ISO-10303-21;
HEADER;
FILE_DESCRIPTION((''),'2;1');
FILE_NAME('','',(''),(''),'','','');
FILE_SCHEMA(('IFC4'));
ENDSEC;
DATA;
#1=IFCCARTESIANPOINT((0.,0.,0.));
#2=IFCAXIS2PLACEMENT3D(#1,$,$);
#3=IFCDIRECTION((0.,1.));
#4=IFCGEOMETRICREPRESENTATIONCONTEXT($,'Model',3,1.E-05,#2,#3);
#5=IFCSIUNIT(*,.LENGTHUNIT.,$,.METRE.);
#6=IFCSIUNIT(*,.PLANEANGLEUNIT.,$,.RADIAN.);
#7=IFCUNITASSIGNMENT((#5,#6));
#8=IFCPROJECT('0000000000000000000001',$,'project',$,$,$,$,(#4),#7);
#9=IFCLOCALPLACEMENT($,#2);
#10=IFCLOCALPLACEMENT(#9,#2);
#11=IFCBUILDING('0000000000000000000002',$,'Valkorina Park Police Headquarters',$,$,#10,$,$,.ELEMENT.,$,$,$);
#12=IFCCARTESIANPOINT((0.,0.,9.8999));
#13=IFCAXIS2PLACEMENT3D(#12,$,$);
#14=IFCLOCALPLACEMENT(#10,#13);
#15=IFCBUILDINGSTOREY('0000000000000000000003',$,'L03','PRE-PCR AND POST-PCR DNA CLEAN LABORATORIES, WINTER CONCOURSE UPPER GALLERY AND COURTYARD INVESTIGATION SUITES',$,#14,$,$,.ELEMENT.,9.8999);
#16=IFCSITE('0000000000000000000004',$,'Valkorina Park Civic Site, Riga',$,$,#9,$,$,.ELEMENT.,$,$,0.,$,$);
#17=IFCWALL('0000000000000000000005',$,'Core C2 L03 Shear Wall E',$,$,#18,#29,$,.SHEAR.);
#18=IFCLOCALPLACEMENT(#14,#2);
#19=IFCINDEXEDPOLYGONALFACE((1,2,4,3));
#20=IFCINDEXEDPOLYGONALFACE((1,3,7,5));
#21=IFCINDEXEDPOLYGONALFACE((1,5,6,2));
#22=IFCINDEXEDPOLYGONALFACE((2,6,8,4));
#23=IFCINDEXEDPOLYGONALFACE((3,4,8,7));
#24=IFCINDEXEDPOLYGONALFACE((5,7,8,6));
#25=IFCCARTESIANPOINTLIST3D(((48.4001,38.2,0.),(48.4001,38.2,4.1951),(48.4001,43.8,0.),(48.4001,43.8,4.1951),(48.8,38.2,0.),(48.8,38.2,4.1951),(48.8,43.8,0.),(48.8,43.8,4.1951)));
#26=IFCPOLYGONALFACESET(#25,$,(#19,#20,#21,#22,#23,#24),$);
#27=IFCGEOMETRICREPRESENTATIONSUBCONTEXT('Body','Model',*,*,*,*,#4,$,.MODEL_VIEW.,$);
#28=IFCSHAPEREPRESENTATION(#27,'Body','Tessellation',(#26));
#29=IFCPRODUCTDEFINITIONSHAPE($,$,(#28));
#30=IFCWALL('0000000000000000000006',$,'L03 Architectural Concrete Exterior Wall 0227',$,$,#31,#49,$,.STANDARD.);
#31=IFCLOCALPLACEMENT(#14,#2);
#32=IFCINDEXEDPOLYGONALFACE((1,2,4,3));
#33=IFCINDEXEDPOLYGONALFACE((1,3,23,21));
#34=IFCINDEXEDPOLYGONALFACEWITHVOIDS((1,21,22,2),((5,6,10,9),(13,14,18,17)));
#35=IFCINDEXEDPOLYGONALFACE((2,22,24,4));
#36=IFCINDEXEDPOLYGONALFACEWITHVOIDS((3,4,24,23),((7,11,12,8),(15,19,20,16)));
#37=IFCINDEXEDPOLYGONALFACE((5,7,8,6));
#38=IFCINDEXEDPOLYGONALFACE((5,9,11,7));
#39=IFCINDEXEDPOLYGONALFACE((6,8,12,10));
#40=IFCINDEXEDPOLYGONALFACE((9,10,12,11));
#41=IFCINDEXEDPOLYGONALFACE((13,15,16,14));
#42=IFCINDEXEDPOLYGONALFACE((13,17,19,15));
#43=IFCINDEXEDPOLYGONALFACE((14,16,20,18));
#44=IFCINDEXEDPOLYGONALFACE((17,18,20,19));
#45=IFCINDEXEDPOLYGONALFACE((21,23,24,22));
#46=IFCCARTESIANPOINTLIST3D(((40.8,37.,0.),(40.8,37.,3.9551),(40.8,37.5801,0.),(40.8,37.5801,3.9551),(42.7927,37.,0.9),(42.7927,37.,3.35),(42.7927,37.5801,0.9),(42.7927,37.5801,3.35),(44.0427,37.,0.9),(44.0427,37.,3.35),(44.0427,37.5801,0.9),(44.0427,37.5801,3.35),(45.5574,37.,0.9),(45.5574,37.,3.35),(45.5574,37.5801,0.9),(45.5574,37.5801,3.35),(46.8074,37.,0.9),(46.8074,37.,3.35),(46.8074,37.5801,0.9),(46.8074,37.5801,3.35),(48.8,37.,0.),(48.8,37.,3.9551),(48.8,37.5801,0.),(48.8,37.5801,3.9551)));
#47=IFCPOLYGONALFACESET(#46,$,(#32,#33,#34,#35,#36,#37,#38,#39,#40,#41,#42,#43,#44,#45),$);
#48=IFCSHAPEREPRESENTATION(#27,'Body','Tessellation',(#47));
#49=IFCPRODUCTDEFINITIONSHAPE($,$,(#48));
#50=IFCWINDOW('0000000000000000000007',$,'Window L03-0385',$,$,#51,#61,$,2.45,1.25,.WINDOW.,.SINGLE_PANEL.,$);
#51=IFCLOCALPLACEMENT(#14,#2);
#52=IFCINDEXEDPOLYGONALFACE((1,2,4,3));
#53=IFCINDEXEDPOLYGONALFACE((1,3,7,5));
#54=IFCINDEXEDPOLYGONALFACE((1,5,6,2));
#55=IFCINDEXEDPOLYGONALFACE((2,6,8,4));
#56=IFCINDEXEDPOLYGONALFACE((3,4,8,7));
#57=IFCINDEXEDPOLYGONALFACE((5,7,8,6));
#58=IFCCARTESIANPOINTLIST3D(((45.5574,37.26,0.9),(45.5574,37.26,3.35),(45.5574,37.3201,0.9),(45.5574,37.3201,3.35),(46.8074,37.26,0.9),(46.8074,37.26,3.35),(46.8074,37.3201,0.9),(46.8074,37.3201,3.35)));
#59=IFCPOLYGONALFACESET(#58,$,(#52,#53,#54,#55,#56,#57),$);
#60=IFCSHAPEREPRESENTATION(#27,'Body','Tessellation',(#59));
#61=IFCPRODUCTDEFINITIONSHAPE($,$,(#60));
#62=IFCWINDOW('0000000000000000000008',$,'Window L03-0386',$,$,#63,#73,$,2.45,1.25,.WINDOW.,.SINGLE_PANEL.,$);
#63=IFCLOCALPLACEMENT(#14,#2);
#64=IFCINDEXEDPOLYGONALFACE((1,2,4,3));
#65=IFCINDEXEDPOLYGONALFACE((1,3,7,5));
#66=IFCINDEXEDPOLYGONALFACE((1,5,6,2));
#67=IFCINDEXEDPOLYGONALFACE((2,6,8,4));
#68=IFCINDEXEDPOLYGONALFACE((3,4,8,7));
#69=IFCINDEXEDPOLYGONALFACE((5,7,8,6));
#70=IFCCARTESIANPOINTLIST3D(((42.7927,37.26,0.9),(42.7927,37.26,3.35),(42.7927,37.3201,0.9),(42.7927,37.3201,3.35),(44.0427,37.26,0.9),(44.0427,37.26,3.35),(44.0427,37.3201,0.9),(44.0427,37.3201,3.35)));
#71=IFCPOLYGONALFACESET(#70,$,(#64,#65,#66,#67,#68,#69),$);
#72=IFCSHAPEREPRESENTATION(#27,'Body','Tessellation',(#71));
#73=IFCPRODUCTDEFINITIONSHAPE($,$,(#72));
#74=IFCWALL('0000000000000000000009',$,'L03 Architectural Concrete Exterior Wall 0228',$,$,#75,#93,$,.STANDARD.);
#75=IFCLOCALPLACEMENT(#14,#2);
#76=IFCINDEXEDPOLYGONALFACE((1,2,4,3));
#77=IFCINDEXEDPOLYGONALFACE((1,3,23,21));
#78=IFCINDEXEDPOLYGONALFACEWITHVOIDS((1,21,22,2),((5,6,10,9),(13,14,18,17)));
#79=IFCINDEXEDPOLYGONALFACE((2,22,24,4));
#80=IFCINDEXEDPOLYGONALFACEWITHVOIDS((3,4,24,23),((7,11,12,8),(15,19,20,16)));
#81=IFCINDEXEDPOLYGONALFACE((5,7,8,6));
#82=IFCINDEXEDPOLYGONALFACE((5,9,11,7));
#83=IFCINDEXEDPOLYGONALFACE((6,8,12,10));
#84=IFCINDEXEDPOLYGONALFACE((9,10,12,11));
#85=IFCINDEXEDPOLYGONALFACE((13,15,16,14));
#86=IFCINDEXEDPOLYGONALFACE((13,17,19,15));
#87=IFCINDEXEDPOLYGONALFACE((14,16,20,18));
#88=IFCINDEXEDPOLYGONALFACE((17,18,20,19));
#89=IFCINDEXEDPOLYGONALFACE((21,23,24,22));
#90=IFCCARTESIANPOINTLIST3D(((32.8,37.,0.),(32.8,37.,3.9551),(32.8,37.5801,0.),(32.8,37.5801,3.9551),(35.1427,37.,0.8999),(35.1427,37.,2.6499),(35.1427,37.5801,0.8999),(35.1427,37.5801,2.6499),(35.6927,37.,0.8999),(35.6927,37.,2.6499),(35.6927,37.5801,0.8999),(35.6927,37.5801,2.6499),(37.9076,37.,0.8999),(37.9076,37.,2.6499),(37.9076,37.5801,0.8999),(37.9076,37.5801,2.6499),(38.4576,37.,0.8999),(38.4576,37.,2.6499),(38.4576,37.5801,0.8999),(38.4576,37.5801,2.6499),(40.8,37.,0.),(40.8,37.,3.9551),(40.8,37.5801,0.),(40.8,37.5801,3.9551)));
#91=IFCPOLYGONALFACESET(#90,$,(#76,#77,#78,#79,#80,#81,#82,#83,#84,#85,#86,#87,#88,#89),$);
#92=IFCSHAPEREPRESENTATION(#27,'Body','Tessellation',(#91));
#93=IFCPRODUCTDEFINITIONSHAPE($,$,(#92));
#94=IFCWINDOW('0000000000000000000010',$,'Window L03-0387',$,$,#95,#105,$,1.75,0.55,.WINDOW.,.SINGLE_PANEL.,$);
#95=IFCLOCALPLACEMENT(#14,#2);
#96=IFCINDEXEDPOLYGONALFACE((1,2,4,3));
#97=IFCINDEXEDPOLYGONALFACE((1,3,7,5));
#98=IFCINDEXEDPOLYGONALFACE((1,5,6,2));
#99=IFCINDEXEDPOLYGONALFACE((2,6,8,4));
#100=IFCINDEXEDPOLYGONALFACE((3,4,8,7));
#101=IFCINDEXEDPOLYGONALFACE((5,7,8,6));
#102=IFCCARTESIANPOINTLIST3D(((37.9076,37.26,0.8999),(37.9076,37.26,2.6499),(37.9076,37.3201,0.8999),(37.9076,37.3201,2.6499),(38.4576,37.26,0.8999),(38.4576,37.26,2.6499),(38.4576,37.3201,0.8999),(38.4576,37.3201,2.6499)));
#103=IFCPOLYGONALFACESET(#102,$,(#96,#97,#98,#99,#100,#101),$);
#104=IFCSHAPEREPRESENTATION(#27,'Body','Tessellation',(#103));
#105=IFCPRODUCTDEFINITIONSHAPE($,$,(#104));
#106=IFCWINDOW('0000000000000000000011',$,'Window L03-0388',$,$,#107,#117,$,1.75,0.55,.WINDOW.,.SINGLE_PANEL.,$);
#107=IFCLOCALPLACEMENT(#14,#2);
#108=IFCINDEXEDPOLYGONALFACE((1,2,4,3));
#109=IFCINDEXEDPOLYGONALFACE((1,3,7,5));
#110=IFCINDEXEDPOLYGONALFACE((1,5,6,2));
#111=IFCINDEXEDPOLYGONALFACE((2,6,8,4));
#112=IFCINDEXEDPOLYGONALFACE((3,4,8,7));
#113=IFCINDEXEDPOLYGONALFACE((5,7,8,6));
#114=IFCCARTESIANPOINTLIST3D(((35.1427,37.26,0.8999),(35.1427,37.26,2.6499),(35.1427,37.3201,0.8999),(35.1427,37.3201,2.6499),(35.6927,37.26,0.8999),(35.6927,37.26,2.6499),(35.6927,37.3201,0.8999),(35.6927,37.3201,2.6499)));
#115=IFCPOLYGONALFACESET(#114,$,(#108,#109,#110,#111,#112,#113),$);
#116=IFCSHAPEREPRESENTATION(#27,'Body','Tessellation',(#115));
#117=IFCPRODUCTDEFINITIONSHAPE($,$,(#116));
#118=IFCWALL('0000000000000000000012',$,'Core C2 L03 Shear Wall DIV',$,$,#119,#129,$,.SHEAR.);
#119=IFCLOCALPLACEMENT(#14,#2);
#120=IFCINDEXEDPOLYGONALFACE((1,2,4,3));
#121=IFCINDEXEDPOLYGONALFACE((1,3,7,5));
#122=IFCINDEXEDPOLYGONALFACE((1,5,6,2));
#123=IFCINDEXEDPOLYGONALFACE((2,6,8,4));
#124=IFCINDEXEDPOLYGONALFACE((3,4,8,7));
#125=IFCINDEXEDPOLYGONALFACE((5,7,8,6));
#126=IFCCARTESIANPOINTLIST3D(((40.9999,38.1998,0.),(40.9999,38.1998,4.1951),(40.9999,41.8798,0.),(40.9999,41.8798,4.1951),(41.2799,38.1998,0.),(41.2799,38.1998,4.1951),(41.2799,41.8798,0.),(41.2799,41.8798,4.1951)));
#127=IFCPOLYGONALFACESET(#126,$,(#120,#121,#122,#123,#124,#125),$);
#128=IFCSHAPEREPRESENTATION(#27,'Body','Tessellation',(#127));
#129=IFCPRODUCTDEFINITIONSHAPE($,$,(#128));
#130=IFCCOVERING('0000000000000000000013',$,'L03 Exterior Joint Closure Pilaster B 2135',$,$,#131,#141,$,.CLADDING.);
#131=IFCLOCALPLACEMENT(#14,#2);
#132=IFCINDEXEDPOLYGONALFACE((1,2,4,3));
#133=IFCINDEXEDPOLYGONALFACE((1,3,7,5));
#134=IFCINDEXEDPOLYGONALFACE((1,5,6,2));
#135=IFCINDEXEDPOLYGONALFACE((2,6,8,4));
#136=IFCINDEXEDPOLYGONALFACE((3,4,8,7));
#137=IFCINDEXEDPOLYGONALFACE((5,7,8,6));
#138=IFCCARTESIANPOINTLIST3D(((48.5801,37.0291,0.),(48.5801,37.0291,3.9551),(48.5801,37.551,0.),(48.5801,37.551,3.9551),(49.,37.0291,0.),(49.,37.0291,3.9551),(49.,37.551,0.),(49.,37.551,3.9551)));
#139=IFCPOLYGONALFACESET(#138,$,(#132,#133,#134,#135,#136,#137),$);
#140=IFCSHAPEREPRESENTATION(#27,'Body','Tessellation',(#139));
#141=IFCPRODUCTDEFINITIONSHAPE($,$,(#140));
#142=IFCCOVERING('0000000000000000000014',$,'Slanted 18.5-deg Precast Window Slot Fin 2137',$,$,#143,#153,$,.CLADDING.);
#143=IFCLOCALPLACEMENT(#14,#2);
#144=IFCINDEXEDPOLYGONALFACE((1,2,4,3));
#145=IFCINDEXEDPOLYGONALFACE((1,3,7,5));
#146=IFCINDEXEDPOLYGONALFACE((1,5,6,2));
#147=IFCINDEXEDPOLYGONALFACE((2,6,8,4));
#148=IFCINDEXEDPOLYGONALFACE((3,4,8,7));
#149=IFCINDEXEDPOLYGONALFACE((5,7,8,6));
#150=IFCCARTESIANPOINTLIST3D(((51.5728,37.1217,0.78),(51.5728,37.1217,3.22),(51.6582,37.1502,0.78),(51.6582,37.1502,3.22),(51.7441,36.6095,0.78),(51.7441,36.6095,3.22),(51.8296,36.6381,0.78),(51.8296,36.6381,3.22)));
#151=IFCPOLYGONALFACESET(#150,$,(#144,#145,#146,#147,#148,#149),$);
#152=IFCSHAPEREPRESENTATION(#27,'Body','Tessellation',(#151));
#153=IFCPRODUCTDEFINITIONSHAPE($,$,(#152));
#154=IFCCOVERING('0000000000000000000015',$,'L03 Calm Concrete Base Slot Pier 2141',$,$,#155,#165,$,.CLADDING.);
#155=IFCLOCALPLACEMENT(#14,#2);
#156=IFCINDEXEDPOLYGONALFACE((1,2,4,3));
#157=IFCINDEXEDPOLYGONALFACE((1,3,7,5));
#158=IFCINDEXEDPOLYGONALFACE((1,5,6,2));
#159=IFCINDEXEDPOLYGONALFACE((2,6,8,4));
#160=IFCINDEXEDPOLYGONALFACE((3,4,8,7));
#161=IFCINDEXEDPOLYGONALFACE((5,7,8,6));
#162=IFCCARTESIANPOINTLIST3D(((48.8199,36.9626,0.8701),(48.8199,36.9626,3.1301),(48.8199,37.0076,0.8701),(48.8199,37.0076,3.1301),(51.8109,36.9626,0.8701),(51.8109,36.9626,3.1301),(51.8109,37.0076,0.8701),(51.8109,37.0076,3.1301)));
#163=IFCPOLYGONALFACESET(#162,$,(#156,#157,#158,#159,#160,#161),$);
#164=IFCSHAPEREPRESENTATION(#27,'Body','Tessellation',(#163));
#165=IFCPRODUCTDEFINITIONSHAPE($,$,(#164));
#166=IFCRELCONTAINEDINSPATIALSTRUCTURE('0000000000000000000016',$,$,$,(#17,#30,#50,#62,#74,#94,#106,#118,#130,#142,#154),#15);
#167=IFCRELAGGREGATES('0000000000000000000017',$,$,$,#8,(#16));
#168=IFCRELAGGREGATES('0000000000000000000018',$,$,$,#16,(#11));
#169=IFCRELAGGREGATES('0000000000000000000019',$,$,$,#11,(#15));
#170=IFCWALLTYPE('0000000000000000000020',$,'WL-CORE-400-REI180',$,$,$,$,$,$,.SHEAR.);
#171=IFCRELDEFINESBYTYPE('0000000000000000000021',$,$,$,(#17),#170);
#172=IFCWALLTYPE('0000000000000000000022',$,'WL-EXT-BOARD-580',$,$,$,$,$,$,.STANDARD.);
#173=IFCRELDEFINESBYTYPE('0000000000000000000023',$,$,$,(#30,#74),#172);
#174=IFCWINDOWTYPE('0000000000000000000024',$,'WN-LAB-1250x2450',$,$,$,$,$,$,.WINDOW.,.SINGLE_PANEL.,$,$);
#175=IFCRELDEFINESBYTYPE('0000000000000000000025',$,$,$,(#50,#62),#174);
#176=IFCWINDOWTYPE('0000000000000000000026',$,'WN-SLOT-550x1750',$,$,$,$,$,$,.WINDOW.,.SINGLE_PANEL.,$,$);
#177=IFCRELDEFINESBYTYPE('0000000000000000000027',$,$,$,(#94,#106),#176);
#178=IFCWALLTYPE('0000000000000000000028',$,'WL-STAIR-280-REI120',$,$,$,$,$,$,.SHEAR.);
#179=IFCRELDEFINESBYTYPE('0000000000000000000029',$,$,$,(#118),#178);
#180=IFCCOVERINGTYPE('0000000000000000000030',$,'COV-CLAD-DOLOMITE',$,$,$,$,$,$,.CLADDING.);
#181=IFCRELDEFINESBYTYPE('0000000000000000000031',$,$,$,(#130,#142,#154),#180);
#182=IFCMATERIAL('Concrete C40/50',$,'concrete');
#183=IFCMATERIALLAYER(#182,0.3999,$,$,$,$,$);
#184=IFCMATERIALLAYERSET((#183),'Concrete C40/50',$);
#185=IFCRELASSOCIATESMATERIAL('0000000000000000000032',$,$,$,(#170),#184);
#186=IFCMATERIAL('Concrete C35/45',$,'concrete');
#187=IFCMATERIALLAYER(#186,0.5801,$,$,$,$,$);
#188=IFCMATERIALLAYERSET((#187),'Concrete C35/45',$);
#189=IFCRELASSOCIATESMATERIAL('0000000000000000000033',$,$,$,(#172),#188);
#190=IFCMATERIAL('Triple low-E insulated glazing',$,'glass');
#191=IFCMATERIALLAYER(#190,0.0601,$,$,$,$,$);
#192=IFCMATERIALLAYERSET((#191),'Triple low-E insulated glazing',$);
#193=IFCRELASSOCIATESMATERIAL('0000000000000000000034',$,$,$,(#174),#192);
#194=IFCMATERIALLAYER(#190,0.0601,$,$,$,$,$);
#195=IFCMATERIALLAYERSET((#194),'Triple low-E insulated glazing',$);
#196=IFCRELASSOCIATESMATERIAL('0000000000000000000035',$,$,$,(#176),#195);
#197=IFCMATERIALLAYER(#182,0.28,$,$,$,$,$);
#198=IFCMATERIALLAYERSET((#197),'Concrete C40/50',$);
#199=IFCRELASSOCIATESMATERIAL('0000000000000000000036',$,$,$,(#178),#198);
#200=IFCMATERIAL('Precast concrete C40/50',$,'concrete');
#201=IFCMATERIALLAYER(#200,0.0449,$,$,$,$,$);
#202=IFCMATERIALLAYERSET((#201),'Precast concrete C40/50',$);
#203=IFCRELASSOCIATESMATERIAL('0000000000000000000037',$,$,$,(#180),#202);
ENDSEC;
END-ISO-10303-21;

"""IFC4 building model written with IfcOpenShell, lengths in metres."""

from ifc_helpers import new_model, si_unit, direction, frame, frame_2d, origin, origin_2d, place, context, subcontext, project, spatial, rectangle, extrude, material, layer, layer_set, type_object, element, fill, save


model = new_model("IFC4")

# Units and contexts
model_context = context("Model", 3, precision=1e-05, world=origin(), true_north=direction((0.0, 1.0)))
body_context = subcontext(model_context, "Body", "Model", "MODEL_VIEW")
ifc_project = project(units=[si_unit("LENGTHUNIT", "METRE"), si_unit("PLANEANGLEUNIT", "RADIAN")], contexts=[model_context])

# Site, building, storey
site_placement = place(None, origin())
site = spatial("IfcSite", under=ifc_project, at=site_placement, Name="Valkorina Park Civic Site, Riga", CompositionType="ELEMENT", RefElevation=0.0)
building_placement = place(site_placement, origin())
building = spatial("IfcBuilding", under=site, at=building_placement, Name="Valkorina Park Police Headquarters", CompositionType="ELEMENT")
storey_placement = place(building_placement, frame((0.0, 0.0, 9.8999)))
storey = spatial("IfcBuildingStorey", under=building, at=storey_placement, Name="L03", Description="PRE-PCR AND POST-PCR DNA CLEAN LABORATORIES, WINTER CONCOURSE UPPER GALLERY AND COURTYARD INVESTIGATION SUITES", CompositionType="ELEMENT", Elevation=9.8999)

# Wall
ifc_material_1 = material(Name="Concrete C40/50", Category="concrete")
ifc_layer_1 = layer(ifc_material_1, 0.3999)
ifc_layer_set_1 = layer_set([ifc_layer_1], Name="Concrete C40/50")
wall_type_1 = type_object("IfcWallType", Name="WL-CORE-400-REI180", PredefinedType="SHEAR", material=ifc_layer_set_1)
wall_1_placement = place(storey_placement, frame((48.6001, 38.2, 0.0), z_axis=(0.0, 0.0, 1.0), x_axis=(0.0, 1.0, 0.0)))
element("IfcWall", 1, at=wall_1_placement, inside=storey, type_object=wall_type_1, Name="Core C2 L03 Shear Wall E", PredefinedType="SHEAR", context=body_context, shape_type="SweptSolid", body=[
    extrude(rectangle(XDim=5.6001, YDim=0.3999, at=frame_2d((2.8, 0.0))), origin(), (0.0, 0.0, 1.0), 4.1951),
])

# Walls, openings, windows
ifc_material_2 = material(Name="Concrete C35/45", Category="concrete")
ifc_layer_2 = layer(ifc_material_2, 0.5801)
ifc_layer_set_2 = layer_set([ifc_layer_2], Name="Concrete C35/45")
wall_type_2 = type_object("IfcWallType", Name="WL-EXT-BOARD-580", PredefinedType="STANDARD", material=ifc_layer_set_2)
wall_2_placement = place(storey_placement, frame((48.8, 37.29, 0.0), z_axis=(0.0, 0.0, 1.0), x_axis=(-1.0, 0.0, 0.0)))
wall_2 = element("IfcWall", 2, at=wall_2_placement, inside=storey, type_object=wall_type_2, Name="L03 Architectural Concrete Exterior Wall 0227", PredefinedType="STANDARD", context=body_context, shape_type="SweptSolid", body=[
    extrude(rectangle(XDim=8.0, YDim=0.5801, at=frame_2d((4.0, 0.0))), origin(), (0.0, 0.0, 1.0), 3.9551),
])
opening_1_placement = place(wall_2_placement, frame((1.9927, 0.0, 0.8999)))
opening_1 = element("IfcOpeningElement", 3, at=opening_1_placement, cuts=wall_2, PredefinedType="OPENING", context=body_context, shape_type="SweptSolid", body=[
    extrude(rectangle(XDim=1.25, YDim=2.45, at=frame_2d((0.625, 1.2251))), frame((0.0, 0.3, 0.0), z_axis=(0.0, -1.0, 0.0), x_axis=(1.0, 0.0, 0.0)), (0.0, 0.0, 1.0), 0.6001),
])
opening_2_placement = place(wall_2_placement, frame((4.7573, 0.0, 0.8999)))
opening_2 = element("IfcOpeningElement", 4, at=opening_2_placement, cuts=wall_2, PredefinedType="OPENING", context=body_context, shape_type="SweptSolid", body=[
    extrude(rectangle(XDim=1.25, YDim=2.45, at=frame_2d((0.625, 1.2251))), frame((0.0, 0.3, 0.0), z_axis=(0.0, -1.0, 0.0), x_axis=(1.0, 0.0, 0.0)), (0.0, 0.0, 1.0), 0.6001),
])
ifc_material_3 = material(Name="Triple low-E insulated glazing", Category="glass")
ifc_layer_3 = layer(ifc_material_3, 0.0601)
ifc_layer_set_3 = layer_set([ifc_layer_3], Name="Triple low-E insulated glazing")
window_type_1 = type_object("IfcWindowType", Name="WN-LAB-1250x2450", PartitioningType="SINGLE_PANEL", PredefinedType="WINDOW", material=ifc_layer_set_3)
window_1_placement = place(opening_1_placement, origin())
window_1 = element("IfcWindow", 5, at=window_1_placement, inside=storey, type_object=window_type_1, Name="Window L03-0385", OverallHeight=2.45, OverallWidth=1.25, PartitioningType="SINGLE_PANEL", PredefinedType="WINDOW", context=body_context, shape_type="SweptSolid", body=[
    extrude(rectangle(XDim=1.25, YDim=2.45, at=frame_2d((0.625, 1.2251))), frame((0.0, 0.03, 0.0), z_axis=(0.0, -1.0, 0.0), x_axis=(1.0, 0.0, 0.0)), (0.0, 0.0, 1.0), 0.0601),
])
fill(opening_1, window_1)
window_2_placement = place(opening_2_placement, origin())
window_2 = element("IfcWindow", 6, at=window_2_placement, inside=storey, type_object=window_type_1, Name="Window L03-0386", OverallHeight=2.45, OverallWidth=1.25, PartitioningType="SINGLE_PANEL", PredefinedType="WINDOW", context=body_context, shape_type="SweptSolid", body=[
    extrude(rectangle(XDim=1.25, YDim=2.45, at=frame_2d((0.625, 1.2251))), frame((0.0, 0.03, 0.0), z_axis=(0.0, -1.0, 0.0), x_axis=(1.0, 0.0, 0.0)), (0.0, 0.0, 1.0), 0.0601),
])
fill(opening_2, window_2)
wall_3_placement = place(storey_placement, frame((40.8, 37.29, 0.0), z_axis=(0.0, 0.0, 1.0), x_axis=(-1.0, 0.0, 0.0)))
wall_3 = element("IfcWall", 7, at=wall_3_placement, inside=storey, type_object=wall_type_2, Name="L03 Architectural Concrete Exterior Wall 0228", PredefinedType="STANDARD", context=body_context, shape_type="SweptSolid", body=[
    extrude(rectangle(XDim=8.0, YDim=0.5801, at=frame_2d((4.0, 0.0))), origin(), (0.0, 0.0, 1.0), 3.9551),
])
opening_3_placement = place(wall_3_placement, frame((2.3425, 0.0, 0.8999)))
opening_3 = element("IfcOpeningElement", 8, at=opening_3_placement, cuts=wall_3, PredefinedType="OPENING", context=body_context, shape_type="SweptSolid", body=[
    extrude(rectangle(XDim=0.55, YDim=1.75, at=frame_2d((0.2749, 0.875))), frame((0.0, 0.3, 0.0), z_axis=(0.0, -1.0, 0.0), x_axis=(1.0, 0.0, 0.0)), (0.0, 0.0, 1.0), 0.6001),
])
opening_4_placement = place(wall_3_placement, frame((5.1074, 0.0, 0.8999)))
opening_4 = element("IfcOpeningElement", 9, at=opening_4_placement, cuts=wall_3, PredefinedType="OPENING", context=body_context, shape_type="SweptSolid", body=[
    extrude(rectangle(XDim=0.55, YDim=1.75, at=frame_2d((0.2749, 0.875))), frame((0.0, 0.3, 0.0), z_axis=(0.0, -1.0, 0.0), x_axis=(1.0, 0.0, 0.0)), (0.0, 0.0, 1.0), 0.6001),
])
ifc_layer_4 = layer(ifc_material_3, 0.0601)
ifc_layer_set_4 = layer_set([ifc_layer_4], Name="Triple low-E insulated glazing")
window_type_2 = type_object("IfcWindowType", Name="WN-SLOT-550x1750", PartitioningType="SINGLE_PANEL", PredefinedType="WINDOW", material=ifc_layer_set_4)
window_3_placement = place(opening_3_placement, origin())
window_3 = element("IfcWindow", 10, at=window_3_placement, inside=storey, type_object=window_type_2, Name="Window L03-0387", OverallHeight=1.75, OverallWidth=0.55, PartitioningType="SINGLE_PANEL", PredefinedType="WINDOW", context=body_context, shape_type="SweptSolid", body=[
    extrude(rectangle(XDim=0.55, YDim=1.75, at=frame_2d((0.2749, 0.875))), frame((0.0, 0.03, 0.0), z_axis=(0.0, -1.0, 0.0), x_axis=(1.0, 0.0, 0.0)), (0.0, 0.0, 1.0), 0.0601),
])
fill(opening_3, window_3)
window_4_placement = place(opening_4_placement, origin())
window_4 = element("IfcWindow", 11, at=window_4_placement, inside=storey, type_object=window_type_2, Name="Window L03-0388", OverallHeight=1.75, OverallWidth=0.55, PartitioningType="SINGLE_PANEL", PredefinedType="WINDOW", context=body_context, shape_type="SweptSolid", body=[
    extrude(rectangle(XDim=0.55, YDim=1.75, at=frame_2d((0.2749, 0.875))), frame((0.0, 0.03, 0.0), z_axis=(0.0, -1.0, 0.0), x_axis=(1.0, 0.0, 0.0)), (0.0, 0.0, 1.0), 0.0601),
])
fill(opening_4, window_4)

# Wall
ifc_layer_5 = layer(ifc_material_1, 0.28)
ifc_layer_set_5 = layer_set([ifc_layer_5], Name="Concrete C40/50")
wall_type_3 = type_object("IfcWallType", Name="WL-STAIR-280-REI120", PredefinedType="SHEAR", material=ifc_layer_set_5)
wall_4_placement = place(storey_placement, frame((41.1399, 38.2, 0.0), z_axis=(0.0, 0.0, 1.0), x_axis=(0.0, 1.0, 0.0)))
element("IfcWall", 12, at=wall_4_placement, inside=storey, type_object=wall_type_3, Name="Core C2 L03 Shear Wall DIV", PredefinedType="SHEAR", context=body_context, shape_type="SweptSolid", body=[
    extrude(rectangle(XDim=3.6799, YDim=0.28, at=frame_2d((1.8398, 0.0))), origin(), (0.0, 0.0, 1.0), 4.1951),
])

# Coverings
ifc_material_4 = material(Name="Precast concrete C40/50", Category="concrete")
ifc_layer_6 = layer(ifc_material_4, 0.0449)
ifc_layer_set_6 = layer_set([ifc_layer_6], Name="Precast concrete C40/50")
covering_type = type_object("IfcCoveringType", Name="COV-CLAD-DOLOMITE", PredefinedType="CLADDING", material=ifc_layer_set_6)
covering_1_placement = place(storey_placement, frame((48.79, 37.29, 0.0), z_axis=(0.0, 0.0, 1.0), x_axis=(1.0, 0.0, 0.0)))
element("IfcCovering", 13, at=covering_1_placement, inside=storey, type_object=covering_type, Name="L03 Exterior Joint Closure Pilaster B 2135", PredefinedType="CLADDING", context=body_context, shape_type="SweptSolid", body=[
    extrude(rectangle(XDim=0.4199, YDim=0.522, at=origin_2d()), origin(), (0.0, 0.0, 1.0), 3.9551),
])
covering_2_placement = place(storey_placement, frame((51.7012, 36.8799, 0.78), z_axis=(0.0, 0.0, 1.0), x_axis=(0.317305, -0.948324, 0.0)))
element("IfcCovering", 14, at=covering_2_placement, inside=storey, type_object=covering_type, Name="Slanted 18.5-deg Precast Window Slot Fin 2137", PredefinedType="CLADDING", context=body_context, shape_type="SweptSolid", body=[
    extrude(rectangle(XDim=0.54, YDim=0.0901, at=origin_2d()), origin(), (0.0, 0.0, 1.0), 2.4399),
])
covering_3_placement = place(storey_placement, frame((51.811, 36.9851, 0.8701), z_axis=(0.0, 0.0, 1.0), x_axis=(-1.0, 0.0, 0.0)))
element("IfcCovering", 15, at=covering_3_placement, inside=storey, type_object=covering_type, Name="L03 Calm Concrete Base Slot Pier 2141", PredefinedType="CLADDING", context=body_context, shape_type="SweptSolid", body=[
    extrude(rectangle(XDim=2.991, YDim=0.0449, at=frame_2d((1.4956, 0.0))), origin(), (0.0, 0.0, 1.0), 2.26),
])

save(model, "model.ifc")
